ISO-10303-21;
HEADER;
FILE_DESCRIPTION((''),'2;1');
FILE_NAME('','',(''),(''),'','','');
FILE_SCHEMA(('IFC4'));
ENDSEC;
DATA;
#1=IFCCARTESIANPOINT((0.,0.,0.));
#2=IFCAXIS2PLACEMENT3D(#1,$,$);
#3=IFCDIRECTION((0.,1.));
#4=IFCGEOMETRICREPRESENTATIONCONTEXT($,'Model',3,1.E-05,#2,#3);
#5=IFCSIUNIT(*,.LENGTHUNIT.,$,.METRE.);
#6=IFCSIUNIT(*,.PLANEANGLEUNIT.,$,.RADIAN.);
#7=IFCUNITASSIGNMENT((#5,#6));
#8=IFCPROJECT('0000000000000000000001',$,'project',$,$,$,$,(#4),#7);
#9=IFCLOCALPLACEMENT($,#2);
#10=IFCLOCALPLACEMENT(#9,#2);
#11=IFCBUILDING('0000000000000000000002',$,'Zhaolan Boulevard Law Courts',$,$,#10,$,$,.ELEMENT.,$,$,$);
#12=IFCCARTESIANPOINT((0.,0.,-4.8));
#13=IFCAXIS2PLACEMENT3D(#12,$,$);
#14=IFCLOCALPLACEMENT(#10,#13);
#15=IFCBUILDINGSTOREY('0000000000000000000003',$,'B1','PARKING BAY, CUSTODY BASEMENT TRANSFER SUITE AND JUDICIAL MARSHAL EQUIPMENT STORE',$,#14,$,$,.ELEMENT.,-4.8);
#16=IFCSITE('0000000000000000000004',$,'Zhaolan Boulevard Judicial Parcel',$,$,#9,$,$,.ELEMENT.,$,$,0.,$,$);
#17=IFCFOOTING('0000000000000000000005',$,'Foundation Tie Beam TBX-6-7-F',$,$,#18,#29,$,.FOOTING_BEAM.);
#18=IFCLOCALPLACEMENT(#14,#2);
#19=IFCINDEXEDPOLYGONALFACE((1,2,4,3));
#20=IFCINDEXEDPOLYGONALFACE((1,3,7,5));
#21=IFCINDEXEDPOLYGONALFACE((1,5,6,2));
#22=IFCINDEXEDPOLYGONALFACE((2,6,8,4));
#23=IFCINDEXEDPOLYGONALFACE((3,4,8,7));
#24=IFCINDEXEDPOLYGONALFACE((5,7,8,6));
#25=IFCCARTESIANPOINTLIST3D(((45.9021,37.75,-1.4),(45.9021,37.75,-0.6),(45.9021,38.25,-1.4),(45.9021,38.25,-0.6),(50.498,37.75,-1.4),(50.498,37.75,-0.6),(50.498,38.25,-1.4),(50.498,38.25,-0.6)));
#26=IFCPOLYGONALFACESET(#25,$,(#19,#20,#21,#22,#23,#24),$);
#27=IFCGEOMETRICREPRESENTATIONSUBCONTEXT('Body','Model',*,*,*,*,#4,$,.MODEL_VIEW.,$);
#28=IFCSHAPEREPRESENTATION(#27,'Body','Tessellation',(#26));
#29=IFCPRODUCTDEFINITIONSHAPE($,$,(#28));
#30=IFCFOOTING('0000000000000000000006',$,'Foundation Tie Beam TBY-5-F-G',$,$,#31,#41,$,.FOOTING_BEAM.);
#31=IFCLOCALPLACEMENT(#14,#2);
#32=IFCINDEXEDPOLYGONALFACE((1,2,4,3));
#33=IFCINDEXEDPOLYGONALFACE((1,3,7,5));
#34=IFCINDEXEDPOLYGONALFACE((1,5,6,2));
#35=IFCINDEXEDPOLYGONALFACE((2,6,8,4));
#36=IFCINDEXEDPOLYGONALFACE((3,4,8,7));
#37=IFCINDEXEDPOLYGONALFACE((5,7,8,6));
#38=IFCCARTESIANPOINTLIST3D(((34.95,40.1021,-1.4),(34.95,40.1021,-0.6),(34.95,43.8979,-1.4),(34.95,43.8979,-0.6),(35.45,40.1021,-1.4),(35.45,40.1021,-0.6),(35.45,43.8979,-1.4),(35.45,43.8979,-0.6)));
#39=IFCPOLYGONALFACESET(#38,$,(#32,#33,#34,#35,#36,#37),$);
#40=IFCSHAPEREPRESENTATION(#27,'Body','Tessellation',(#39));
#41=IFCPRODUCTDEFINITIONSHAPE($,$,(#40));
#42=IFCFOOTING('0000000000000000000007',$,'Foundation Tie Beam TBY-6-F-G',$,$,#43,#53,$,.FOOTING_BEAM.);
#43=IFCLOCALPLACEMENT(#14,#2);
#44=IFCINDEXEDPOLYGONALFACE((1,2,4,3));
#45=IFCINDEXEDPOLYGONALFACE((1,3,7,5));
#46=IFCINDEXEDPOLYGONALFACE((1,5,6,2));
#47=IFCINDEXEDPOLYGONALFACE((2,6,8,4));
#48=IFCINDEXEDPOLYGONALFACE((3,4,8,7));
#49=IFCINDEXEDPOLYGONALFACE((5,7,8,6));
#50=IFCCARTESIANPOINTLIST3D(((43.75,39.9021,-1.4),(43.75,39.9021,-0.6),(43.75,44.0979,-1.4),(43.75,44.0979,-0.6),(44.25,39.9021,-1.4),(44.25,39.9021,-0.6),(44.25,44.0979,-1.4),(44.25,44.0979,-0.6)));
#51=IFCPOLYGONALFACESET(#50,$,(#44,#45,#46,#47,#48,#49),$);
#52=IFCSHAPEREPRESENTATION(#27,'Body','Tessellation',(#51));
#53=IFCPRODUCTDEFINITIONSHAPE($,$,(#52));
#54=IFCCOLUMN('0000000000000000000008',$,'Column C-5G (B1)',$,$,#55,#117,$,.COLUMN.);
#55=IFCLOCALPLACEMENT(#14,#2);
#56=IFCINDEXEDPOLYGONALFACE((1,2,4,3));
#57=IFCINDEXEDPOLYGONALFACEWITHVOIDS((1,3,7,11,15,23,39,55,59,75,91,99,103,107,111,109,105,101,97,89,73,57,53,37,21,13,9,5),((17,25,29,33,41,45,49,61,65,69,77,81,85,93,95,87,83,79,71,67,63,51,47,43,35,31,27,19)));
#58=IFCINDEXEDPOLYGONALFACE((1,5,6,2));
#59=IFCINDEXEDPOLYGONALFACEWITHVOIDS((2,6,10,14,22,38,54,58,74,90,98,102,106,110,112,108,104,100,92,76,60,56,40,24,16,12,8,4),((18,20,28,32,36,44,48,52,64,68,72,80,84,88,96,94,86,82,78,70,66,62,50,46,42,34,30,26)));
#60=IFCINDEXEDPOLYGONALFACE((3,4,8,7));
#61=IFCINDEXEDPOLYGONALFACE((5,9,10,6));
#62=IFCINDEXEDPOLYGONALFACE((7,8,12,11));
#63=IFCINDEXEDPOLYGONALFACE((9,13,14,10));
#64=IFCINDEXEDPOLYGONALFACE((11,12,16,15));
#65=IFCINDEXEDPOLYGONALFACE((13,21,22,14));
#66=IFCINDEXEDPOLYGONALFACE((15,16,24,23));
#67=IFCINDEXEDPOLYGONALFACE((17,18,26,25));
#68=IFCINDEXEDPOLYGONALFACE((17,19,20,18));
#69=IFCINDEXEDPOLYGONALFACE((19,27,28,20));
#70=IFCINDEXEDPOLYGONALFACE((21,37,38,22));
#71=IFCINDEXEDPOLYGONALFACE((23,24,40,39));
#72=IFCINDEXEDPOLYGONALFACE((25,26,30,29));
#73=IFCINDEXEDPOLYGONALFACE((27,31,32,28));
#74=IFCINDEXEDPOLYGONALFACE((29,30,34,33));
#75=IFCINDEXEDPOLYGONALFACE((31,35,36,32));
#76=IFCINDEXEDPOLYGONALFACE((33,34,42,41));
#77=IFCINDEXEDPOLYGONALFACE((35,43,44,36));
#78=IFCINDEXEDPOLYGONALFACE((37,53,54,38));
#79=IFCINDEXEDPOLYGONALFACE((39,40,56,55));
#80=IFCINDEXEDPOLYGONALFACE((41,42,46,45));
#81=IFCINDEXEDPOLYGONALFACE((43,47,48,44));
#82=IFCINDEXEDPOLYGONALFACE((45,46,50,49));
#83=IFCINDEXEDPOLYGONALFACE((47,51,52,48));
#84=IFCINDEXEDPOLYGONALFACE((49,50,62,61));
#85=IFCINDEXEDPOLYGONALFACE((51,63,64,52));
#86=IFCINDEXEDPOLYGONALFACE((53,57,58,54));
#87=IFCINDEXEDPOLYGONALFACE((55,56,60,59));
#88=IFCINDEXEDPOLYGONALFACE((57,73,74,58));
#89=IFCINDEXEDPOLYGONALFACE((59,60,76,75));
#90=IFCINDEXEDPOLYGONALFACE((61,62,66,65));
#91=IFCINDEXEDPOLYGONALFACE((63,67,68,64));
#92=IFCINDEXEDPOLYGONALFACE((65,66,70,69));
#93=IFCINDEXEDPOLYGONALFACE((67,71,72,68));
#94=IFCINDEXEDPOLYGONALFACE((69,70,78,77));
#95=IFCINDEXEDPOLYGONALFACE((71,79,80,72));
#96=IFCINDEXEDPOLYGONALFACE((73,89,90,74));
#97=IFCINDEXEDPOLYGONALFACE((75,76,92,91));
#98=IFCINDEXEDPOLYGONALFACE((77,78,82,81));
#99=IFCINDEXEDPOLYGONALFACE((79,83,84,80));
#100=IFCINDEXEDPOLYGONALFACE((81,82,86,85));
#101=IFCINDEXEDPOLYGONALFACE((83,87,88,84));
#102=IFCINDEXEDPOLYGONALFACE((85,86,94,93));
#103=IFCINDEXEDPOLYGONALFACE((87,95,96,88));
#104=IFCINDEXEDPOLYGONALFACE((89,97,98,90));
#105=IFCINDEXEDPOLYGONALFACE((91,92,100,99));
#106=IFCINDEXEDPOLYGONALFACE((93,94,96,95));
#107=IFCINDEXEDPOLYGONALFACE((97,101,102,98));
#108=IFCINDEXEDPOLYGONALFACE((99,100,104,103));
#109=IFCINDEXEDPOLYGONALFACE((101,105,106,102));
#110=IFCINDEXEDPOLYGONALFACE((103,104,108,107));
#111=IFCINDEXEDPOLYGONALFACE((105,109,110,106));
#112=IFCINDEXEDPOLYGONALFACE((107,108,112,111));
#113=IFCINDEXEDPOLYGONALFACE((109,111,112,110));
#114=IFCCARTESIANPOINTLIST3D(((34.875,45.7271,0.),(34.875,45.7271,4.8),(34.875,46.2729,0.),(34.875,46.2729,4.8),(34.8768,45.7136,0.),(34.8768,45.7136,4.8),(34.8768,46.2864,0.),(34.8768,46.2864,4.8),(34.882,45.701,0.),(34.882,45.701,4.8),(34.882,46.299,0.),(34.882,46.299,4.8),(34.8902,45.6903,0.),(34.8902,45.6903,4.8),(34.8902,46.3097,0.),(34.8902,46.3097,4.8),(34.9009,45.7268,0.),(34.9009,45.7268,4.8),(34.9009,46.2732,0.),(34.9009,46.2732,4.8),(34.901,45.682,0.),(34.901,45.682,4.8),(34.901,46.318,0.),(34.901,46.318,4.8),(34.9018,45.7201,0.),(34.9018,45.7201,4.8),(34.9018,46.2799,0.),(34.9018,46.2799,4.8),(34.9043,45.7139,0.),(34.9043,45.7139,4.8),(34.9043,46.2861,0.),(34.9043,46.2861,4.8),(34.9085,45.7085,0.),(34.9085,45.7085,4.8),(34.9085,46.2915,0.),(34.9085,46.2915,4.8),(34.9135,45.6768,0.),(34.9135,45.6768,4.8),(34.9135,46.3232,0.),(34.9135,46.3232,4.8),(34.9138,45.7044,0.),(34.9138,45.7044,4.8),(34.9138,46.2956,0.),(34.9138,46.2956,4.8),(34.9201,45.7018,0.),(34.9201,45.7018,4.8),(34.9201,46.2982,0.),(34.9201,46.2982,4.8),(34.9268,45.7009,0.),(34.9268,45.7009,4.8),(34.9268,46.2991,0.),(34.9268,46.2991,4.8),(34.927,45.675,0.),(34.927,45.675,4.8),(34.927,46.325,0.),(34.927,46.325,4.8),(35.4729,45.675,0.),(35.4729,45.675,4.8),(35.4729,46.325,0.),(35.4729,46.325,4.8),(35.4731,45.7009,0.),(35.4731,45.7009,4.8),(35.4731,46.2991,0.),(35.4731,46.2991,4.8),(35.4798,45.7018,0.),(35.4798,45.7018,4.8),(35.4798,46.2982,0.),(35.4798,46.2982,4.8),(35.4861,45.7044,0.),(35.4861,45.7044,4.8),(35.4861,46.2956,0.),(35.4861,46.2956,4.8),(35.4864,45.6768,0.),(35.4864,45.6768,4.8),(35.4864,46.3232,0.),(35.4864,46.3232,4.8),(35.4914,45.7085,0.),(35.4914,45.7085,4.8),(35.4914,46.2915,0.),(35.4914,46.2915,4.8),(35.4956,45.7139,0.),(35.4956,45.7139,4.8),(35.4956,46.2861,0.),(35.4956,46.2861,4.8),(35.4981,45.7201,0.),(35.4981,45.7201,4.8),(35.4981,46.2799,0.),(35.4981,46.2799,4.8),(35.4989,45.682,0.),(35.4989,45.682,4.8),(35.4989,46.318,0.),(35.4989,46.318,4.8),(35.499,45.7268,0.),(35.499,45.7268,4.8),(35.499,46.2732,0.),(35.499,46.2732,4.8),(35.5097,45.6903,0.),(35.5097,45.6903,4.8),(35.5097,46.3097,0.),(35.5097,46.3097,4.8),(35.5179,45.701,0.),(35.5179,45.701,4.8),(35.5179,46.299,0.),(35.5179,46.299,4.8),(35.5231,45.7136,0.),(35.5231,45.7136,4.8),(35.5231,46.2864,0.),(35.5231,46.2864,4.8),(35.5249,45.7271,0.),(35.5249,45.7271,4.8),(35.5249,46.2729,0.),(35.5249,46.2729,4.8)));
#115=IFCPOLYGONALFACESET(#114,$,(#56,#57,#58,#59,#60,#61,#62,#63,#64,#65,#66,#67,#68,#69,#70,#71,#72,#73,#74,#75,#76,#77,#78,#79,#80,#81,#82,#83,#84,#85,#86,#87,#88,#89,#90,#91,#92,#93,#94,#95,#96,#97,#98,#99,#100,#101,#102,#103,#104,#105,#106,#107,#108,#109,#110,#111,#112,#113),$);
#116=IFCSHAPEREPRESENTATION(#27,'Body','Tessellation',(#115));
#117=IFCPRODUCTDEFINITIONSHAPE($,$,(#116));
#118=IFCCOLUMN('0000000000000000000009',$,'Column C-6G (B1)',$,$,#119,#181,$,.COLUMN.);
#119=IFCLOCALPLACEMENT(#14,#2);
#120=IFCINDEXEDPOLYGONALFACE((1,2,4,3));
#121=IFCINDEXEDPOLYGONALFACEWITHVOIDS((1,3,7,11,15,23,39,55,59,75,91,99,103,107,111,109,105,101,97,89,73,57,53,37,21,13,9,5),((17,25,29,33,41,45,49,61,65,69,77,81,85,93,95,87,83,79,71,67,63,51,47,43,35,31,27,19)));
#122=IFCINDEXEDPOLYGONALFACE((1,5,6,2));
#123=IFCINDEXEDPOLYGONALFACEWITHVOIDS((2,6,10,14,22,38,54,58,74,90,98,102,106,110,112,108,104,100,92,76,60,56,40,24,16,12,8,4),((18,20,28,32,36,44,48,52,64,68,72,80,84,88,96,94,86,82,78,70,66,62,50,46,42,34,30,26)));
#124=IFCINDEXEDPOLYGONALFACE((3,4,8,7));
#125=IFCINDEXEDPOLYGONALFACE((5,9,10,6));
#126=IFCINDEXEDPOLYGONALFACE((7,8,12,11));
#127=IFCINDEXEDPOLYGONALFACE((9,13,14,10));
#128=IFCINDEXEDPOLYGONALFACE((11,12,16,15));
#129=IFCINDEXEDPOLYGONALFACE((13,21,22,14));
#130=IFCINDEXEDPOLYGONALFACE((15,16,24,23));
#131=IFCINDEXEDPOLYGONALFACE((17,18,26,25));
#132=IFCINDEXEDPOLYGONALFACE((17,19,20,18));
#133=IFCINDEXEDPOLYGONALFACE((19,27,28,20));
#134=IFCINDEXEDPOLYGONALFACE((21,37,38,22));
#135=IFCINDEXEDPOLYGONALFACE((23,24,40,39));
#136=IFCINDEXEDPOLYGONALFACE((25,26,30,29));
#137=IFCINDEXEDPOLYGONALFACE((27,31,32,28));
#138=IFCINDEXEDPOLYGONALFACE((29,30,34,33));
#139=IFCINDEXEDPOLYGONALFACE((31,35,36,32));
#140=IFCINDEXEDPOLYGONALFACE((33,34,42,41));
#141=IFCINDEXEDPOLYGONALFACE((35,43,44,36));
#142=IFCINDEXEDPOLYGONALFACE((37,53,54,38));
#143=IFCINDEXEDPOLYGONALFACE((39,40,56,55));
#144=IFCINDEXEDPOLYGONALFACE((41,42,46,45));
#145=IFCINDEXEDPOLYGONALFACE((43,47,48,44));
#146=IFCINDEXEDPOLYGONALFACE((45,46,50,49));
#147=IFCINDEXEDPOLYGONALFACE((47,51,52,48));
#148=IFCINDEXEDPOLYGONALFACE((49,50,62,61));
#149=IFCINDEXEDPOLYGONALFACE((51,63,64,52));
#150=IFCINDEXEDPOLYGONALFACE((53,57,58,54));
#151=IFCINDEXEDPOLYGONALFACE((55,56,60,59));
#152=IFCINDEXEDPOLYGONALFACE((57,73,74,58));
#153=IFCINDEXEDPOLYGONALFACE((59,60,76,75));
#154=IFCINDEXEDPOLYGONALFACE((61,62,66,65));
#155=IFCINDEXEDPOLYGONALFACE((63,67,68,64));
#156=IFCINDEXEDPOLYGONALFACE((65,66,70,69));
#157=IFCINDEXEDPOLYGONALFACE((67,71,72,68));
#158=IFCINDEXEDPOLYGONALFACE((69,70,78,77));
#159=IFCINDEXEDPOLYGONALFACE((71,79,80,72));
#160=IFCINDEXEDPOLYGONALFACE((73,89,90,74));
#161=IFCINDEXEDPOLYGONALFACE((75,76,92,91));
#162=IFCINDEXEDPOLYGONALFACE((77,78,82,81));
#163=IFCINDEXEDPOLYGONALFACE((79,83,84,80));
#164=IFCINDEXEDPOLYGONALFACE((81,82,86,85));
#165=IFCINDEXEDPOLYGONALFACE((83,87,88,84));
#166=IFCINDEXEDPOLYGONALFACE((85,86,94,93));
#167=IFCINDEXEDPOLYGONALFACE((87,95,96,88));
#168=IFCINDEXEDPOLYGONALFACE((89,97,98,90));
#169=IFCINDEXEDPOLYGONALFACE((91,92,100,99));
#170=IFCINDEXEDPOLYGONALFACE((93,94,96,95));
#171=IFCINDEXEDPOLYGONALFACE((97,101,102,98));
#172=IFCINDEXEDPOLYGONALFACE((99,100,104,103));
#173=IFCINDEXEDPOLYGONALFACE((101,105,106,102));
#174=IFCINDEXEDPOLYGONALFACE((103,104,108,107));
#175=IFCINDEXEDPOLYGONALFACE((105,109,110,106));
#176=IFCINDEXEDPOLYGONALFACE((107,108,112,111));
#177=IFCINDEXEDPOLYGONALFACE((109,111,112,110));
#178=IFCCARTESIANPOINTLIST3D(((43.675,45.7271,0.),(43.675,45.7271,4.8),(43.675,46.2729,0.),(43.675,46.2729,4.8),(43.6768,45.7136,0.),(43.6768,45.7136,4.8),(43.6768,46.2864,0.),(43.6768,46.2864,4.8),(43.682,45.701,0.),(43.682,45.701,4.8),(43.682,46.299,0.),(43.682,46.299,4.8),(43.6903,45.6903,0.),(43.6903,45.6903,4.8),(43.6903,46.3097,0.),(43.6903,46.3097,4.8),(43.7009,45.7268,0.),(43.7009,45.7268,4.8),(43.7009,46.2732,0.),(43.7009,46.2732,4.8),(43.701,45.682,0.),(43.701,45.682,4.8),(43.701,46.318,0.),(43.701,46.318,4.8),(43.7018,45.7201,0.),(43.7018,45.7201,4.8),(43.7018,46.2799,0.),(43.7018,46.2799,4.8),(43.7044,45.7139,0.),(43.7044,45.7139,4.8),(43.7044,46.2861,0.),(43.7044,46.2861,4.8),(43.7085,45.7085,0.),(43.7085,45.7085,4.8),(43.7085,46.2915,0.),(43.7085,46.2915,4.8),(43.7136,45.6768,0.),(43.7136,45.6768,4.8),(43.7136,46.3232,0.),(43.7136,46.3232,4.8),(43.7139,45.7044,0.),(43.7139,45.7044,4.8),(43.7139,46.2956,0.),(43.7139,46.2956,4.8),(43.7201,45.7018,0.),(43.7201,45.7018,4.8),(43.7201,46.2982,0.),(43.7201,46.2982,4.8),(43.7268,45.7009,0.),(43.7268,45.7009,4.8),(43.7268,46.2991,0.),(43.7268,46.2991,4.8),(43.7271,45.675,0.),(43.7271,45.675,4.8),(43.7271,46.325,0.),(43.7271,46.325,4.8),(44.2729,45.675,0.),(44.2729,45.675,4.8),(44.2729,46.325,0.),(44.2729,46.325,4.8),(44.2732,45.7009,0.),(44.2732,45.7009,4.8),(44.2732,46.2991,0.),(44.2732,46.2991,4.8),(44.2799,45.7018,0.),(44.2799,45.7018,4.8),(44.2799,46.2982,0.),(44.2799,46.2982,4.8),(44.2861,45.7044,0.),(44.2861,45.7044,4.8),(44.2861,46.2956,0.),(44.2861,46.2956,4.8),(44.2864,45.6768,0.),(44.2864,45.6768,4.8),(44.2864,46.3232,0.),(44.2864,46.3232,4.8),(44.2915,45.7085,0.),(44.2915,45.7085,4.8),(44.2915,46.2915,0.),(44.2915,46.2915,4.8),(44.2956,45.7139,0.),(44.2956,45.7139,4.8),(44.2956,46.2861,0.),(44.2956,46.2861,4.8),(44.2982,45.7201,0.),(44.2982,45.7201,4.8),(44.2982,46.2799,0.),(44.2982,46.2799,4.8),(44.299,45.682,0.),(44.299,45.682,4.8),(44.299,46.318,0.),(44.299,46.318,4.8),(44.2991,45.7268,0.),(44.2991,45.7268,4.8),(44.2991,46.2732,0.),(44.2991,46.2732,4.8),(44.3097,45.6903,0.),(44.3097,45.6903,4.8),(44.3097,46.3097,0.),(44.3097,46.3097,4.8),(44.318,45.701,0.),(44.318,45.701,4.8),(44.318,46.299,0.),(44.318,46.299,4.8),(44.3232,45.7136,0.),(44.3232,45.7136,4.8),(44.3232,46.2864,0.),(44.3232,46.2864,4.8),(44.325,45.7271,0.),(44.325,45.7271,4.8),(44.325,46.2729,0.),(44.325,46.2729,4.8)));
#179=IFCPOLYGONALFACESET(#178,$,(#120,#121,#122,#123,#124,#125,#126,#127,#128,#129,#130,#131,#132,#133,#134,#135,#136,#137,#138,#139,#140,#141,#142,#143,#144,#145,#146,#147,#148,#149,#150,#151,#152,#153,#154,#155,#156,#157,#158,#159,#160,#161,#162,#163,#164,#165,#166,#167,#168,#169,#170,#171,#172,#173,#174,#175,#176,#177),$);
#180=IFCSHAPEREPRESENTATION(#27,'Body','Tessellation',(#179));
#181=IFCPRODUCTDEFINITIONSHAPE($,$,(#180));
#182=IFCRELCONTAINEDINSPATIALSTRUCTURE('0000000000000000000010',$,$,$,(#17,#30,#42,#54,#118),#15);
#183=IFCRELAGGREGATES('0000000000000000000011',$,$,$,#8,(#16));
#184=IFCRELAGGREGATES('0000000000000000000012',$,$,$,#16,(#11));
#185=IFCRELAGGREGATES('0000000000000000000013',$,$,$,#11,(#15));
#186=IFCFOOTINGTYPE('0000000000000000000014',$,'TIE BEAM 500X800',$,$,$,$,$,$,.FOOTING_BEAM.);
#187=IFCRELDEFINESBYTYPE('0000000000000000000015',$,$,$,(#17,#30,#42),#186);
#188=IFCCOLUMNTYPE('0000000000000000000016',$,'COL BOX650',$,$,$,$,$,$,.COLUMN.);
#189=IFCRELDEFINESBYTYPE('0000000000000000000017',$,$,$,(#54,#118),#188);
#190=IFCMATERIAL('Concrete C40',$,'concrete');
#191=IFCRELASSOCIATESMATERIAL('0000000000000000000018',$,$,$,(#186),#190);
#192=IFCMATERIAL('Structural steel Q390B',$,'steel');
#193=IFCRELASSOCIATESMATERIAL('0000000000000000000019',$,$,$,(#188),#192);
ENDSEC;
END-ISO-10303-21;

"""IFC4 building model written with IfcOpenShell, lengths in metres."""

from ifc_helpers import new_model, si_unit, direction, frame, origin, origin_2d, place, context, subcontext, project, spatial, rectangle, hollow_rectangle, extrude, material, material_profile, profile_set, type_object, element, save


model = new_model("IFC4")

# Units and contexts
model_context = context("Model", 3, precision=1e-05, world=origin(), true_north=direction((0.0, 1.0)))
body_context = subcontext(model_context, "Body", "Model", "MODEL_VIEW")
ifc_project = project(units=[si_unit("LENGTHUNIT", "METRE"), si_unit("PLANEANGLEUNIT", "RADIAN")], contexts=[model_context])

# Site, building, storey
site_placement = place(None, origin())
site = spatial("IfcSite", under=ifc_project, at=site_placement, Name="Zhaolan Boulevard Judicial Parcel", CompositionType="ELEMENT", RefElevation=0.0)
building_placement = place(site_placement, origin())
building = spatial("IfcBuilding", under=site, at=building_placement, Name="Zhaolan Boulevard Law Courts", CompositionType="ELEMENT")
storey_placement = place(building_placement, frame((0.0, 0.0, -4.8)))
storey = spatial("IfcBuildingStorey", under=building, at=storey_placement, Name="B1", Description="PARKING BAY, CUSTODY BASEMENT TRANSFER SUITE AND JUDICIAL MARSHAL EQUIPMENT STORE", CompositionType="ELEMENT", Elevation=-4.8)

# Footings
ifc_material_1 = material(Name="Concrete C40", Category="concrete")
ifc_material_profile_1 = material_profile(ifc_material_1, rectangle(XDim=0.5, YDim=0.8, at=origin_2d()), Name="RC500x800")
ifc_profile_set_1 = profile_set([ifc_material_profile_1], Name="Concrete C40")
footing_type_1 = type_object("IfcFootingType", Name="TIE BEAM 500X800", PredefinedType="FOOTING_BEAM", material=ifc_profile_set_1)
footing_1_placement = place(storey_placement, frame((45.9021, 38.0, -1.0), z_axis=(1.0, 0.0, 0.0), x_axis=(0.0, 1.0, 0.0)))
element("IfcFooting", 1, at=footing_1_placement, inside=storey, type_object=footing_type_1, Name="Foundation Tie Beam TBX-6-7-F", PredefinedType="FOOTING_BEAM", context=body_context, shape_type="SweptSolid", body=[
    extrude(rectangle(XDim=0.5, YDim=0.8, at=origin_2d()), origin(), (0.0, 0.0, 1.0), 4.5959),
])
footing_2_placement = place(storey_placement, frame((35.2, 40.1021, -1.0), z_axis=(0.0, 1.0, 0.0), x_axis=(-1.0, 0.0, 0.0)))
element("IfcFooting", 2, at=footing_2_placement, inside=storey, type_object=footing_type_1, Name="Foundation Tie Beam TBY-5-F-G", PredefinedType="FOOTING_BEAM", context=body_context, shape_type="SweptSolid", body=[
    extrude(rectangle(XDim=0.5, YDim=0.8, at=origin_2d()), origin(), (0.0, 0.0, 1.0), 3.7959),
])
footing_3_placement = place(storey_placement, frame((44.0, 39.9021, -1.0), z_axis=(0.0, 1.0, 0.0), x_axis=(-1.0, 0.0, 0.0)))
element("IfcFooting", 3, at=footing_3_placement, inside=storey, type_object=footing_type_1, Name="Foundation Tie Beam TBY-6-F-G", PredefinedType="FOOTING_BEAM", context=body_context, shape_type="SweptSolid", body=[
    extrude(rectangle(XDim=0.5, YDim=0.8, at=origin_2d()), origin(), (0.0, 0.0, 1.0), 4.1958),
])

# Columns
ifc_material_2 = material(Name="Structural steel Q390B", Category="steel")
ifc_material_profile_2 = material_profile(ifc_material_2, hollow_rectangle(XDim=0.6499, YDim=0.6499, WallThickness=0.0259, InnerFilletRadius=0.0259, OuterFilletRadius=0.052, at=origin_2d()), Name="BOX650x650x26")
ifc_profile_set_2 = profile_set([ifc_material_profile_2], Name="Structural steel Q390B")
column_type = type_object("IfcColumnType", Name="COL BOX650", PredefinedType="COLUMN", material=ifc_profile_set_2)
for number, where, z_axis, x_axis, name in (
    (4, (35.2, 46.0, 0.0), (0.0, 0.0, 1.0), (1.0, 0.0, 0.0), "Column C-5G (B1)"),
    (5, (44.0, 46.0, 0.0), (0.0, 0.0, 1.0), (1.0, 0.0, 0.0), "Column C-6G (B1)"),
):
    element("IfcColumn", number, at=place(storey_placement, frame(where, z_axis=z_axis, x_axis=x_axis)), inside=storey, type_object=column_type, Name=name, PredefinedType="COLUMN", context=body_context, shape_type="SweptSolid", body=[
        extrude(hollow_rectangle(XDim=0.6499, YDim=0.6499, WallThickness=0.0259, InnerFilletRadius=0.0259, OuterFilletRadius=0.052, at=origin_2d()), origin(), (0.0, 0.0, 1.0), 4.8),
    ])

save(model, "model.ifc")
